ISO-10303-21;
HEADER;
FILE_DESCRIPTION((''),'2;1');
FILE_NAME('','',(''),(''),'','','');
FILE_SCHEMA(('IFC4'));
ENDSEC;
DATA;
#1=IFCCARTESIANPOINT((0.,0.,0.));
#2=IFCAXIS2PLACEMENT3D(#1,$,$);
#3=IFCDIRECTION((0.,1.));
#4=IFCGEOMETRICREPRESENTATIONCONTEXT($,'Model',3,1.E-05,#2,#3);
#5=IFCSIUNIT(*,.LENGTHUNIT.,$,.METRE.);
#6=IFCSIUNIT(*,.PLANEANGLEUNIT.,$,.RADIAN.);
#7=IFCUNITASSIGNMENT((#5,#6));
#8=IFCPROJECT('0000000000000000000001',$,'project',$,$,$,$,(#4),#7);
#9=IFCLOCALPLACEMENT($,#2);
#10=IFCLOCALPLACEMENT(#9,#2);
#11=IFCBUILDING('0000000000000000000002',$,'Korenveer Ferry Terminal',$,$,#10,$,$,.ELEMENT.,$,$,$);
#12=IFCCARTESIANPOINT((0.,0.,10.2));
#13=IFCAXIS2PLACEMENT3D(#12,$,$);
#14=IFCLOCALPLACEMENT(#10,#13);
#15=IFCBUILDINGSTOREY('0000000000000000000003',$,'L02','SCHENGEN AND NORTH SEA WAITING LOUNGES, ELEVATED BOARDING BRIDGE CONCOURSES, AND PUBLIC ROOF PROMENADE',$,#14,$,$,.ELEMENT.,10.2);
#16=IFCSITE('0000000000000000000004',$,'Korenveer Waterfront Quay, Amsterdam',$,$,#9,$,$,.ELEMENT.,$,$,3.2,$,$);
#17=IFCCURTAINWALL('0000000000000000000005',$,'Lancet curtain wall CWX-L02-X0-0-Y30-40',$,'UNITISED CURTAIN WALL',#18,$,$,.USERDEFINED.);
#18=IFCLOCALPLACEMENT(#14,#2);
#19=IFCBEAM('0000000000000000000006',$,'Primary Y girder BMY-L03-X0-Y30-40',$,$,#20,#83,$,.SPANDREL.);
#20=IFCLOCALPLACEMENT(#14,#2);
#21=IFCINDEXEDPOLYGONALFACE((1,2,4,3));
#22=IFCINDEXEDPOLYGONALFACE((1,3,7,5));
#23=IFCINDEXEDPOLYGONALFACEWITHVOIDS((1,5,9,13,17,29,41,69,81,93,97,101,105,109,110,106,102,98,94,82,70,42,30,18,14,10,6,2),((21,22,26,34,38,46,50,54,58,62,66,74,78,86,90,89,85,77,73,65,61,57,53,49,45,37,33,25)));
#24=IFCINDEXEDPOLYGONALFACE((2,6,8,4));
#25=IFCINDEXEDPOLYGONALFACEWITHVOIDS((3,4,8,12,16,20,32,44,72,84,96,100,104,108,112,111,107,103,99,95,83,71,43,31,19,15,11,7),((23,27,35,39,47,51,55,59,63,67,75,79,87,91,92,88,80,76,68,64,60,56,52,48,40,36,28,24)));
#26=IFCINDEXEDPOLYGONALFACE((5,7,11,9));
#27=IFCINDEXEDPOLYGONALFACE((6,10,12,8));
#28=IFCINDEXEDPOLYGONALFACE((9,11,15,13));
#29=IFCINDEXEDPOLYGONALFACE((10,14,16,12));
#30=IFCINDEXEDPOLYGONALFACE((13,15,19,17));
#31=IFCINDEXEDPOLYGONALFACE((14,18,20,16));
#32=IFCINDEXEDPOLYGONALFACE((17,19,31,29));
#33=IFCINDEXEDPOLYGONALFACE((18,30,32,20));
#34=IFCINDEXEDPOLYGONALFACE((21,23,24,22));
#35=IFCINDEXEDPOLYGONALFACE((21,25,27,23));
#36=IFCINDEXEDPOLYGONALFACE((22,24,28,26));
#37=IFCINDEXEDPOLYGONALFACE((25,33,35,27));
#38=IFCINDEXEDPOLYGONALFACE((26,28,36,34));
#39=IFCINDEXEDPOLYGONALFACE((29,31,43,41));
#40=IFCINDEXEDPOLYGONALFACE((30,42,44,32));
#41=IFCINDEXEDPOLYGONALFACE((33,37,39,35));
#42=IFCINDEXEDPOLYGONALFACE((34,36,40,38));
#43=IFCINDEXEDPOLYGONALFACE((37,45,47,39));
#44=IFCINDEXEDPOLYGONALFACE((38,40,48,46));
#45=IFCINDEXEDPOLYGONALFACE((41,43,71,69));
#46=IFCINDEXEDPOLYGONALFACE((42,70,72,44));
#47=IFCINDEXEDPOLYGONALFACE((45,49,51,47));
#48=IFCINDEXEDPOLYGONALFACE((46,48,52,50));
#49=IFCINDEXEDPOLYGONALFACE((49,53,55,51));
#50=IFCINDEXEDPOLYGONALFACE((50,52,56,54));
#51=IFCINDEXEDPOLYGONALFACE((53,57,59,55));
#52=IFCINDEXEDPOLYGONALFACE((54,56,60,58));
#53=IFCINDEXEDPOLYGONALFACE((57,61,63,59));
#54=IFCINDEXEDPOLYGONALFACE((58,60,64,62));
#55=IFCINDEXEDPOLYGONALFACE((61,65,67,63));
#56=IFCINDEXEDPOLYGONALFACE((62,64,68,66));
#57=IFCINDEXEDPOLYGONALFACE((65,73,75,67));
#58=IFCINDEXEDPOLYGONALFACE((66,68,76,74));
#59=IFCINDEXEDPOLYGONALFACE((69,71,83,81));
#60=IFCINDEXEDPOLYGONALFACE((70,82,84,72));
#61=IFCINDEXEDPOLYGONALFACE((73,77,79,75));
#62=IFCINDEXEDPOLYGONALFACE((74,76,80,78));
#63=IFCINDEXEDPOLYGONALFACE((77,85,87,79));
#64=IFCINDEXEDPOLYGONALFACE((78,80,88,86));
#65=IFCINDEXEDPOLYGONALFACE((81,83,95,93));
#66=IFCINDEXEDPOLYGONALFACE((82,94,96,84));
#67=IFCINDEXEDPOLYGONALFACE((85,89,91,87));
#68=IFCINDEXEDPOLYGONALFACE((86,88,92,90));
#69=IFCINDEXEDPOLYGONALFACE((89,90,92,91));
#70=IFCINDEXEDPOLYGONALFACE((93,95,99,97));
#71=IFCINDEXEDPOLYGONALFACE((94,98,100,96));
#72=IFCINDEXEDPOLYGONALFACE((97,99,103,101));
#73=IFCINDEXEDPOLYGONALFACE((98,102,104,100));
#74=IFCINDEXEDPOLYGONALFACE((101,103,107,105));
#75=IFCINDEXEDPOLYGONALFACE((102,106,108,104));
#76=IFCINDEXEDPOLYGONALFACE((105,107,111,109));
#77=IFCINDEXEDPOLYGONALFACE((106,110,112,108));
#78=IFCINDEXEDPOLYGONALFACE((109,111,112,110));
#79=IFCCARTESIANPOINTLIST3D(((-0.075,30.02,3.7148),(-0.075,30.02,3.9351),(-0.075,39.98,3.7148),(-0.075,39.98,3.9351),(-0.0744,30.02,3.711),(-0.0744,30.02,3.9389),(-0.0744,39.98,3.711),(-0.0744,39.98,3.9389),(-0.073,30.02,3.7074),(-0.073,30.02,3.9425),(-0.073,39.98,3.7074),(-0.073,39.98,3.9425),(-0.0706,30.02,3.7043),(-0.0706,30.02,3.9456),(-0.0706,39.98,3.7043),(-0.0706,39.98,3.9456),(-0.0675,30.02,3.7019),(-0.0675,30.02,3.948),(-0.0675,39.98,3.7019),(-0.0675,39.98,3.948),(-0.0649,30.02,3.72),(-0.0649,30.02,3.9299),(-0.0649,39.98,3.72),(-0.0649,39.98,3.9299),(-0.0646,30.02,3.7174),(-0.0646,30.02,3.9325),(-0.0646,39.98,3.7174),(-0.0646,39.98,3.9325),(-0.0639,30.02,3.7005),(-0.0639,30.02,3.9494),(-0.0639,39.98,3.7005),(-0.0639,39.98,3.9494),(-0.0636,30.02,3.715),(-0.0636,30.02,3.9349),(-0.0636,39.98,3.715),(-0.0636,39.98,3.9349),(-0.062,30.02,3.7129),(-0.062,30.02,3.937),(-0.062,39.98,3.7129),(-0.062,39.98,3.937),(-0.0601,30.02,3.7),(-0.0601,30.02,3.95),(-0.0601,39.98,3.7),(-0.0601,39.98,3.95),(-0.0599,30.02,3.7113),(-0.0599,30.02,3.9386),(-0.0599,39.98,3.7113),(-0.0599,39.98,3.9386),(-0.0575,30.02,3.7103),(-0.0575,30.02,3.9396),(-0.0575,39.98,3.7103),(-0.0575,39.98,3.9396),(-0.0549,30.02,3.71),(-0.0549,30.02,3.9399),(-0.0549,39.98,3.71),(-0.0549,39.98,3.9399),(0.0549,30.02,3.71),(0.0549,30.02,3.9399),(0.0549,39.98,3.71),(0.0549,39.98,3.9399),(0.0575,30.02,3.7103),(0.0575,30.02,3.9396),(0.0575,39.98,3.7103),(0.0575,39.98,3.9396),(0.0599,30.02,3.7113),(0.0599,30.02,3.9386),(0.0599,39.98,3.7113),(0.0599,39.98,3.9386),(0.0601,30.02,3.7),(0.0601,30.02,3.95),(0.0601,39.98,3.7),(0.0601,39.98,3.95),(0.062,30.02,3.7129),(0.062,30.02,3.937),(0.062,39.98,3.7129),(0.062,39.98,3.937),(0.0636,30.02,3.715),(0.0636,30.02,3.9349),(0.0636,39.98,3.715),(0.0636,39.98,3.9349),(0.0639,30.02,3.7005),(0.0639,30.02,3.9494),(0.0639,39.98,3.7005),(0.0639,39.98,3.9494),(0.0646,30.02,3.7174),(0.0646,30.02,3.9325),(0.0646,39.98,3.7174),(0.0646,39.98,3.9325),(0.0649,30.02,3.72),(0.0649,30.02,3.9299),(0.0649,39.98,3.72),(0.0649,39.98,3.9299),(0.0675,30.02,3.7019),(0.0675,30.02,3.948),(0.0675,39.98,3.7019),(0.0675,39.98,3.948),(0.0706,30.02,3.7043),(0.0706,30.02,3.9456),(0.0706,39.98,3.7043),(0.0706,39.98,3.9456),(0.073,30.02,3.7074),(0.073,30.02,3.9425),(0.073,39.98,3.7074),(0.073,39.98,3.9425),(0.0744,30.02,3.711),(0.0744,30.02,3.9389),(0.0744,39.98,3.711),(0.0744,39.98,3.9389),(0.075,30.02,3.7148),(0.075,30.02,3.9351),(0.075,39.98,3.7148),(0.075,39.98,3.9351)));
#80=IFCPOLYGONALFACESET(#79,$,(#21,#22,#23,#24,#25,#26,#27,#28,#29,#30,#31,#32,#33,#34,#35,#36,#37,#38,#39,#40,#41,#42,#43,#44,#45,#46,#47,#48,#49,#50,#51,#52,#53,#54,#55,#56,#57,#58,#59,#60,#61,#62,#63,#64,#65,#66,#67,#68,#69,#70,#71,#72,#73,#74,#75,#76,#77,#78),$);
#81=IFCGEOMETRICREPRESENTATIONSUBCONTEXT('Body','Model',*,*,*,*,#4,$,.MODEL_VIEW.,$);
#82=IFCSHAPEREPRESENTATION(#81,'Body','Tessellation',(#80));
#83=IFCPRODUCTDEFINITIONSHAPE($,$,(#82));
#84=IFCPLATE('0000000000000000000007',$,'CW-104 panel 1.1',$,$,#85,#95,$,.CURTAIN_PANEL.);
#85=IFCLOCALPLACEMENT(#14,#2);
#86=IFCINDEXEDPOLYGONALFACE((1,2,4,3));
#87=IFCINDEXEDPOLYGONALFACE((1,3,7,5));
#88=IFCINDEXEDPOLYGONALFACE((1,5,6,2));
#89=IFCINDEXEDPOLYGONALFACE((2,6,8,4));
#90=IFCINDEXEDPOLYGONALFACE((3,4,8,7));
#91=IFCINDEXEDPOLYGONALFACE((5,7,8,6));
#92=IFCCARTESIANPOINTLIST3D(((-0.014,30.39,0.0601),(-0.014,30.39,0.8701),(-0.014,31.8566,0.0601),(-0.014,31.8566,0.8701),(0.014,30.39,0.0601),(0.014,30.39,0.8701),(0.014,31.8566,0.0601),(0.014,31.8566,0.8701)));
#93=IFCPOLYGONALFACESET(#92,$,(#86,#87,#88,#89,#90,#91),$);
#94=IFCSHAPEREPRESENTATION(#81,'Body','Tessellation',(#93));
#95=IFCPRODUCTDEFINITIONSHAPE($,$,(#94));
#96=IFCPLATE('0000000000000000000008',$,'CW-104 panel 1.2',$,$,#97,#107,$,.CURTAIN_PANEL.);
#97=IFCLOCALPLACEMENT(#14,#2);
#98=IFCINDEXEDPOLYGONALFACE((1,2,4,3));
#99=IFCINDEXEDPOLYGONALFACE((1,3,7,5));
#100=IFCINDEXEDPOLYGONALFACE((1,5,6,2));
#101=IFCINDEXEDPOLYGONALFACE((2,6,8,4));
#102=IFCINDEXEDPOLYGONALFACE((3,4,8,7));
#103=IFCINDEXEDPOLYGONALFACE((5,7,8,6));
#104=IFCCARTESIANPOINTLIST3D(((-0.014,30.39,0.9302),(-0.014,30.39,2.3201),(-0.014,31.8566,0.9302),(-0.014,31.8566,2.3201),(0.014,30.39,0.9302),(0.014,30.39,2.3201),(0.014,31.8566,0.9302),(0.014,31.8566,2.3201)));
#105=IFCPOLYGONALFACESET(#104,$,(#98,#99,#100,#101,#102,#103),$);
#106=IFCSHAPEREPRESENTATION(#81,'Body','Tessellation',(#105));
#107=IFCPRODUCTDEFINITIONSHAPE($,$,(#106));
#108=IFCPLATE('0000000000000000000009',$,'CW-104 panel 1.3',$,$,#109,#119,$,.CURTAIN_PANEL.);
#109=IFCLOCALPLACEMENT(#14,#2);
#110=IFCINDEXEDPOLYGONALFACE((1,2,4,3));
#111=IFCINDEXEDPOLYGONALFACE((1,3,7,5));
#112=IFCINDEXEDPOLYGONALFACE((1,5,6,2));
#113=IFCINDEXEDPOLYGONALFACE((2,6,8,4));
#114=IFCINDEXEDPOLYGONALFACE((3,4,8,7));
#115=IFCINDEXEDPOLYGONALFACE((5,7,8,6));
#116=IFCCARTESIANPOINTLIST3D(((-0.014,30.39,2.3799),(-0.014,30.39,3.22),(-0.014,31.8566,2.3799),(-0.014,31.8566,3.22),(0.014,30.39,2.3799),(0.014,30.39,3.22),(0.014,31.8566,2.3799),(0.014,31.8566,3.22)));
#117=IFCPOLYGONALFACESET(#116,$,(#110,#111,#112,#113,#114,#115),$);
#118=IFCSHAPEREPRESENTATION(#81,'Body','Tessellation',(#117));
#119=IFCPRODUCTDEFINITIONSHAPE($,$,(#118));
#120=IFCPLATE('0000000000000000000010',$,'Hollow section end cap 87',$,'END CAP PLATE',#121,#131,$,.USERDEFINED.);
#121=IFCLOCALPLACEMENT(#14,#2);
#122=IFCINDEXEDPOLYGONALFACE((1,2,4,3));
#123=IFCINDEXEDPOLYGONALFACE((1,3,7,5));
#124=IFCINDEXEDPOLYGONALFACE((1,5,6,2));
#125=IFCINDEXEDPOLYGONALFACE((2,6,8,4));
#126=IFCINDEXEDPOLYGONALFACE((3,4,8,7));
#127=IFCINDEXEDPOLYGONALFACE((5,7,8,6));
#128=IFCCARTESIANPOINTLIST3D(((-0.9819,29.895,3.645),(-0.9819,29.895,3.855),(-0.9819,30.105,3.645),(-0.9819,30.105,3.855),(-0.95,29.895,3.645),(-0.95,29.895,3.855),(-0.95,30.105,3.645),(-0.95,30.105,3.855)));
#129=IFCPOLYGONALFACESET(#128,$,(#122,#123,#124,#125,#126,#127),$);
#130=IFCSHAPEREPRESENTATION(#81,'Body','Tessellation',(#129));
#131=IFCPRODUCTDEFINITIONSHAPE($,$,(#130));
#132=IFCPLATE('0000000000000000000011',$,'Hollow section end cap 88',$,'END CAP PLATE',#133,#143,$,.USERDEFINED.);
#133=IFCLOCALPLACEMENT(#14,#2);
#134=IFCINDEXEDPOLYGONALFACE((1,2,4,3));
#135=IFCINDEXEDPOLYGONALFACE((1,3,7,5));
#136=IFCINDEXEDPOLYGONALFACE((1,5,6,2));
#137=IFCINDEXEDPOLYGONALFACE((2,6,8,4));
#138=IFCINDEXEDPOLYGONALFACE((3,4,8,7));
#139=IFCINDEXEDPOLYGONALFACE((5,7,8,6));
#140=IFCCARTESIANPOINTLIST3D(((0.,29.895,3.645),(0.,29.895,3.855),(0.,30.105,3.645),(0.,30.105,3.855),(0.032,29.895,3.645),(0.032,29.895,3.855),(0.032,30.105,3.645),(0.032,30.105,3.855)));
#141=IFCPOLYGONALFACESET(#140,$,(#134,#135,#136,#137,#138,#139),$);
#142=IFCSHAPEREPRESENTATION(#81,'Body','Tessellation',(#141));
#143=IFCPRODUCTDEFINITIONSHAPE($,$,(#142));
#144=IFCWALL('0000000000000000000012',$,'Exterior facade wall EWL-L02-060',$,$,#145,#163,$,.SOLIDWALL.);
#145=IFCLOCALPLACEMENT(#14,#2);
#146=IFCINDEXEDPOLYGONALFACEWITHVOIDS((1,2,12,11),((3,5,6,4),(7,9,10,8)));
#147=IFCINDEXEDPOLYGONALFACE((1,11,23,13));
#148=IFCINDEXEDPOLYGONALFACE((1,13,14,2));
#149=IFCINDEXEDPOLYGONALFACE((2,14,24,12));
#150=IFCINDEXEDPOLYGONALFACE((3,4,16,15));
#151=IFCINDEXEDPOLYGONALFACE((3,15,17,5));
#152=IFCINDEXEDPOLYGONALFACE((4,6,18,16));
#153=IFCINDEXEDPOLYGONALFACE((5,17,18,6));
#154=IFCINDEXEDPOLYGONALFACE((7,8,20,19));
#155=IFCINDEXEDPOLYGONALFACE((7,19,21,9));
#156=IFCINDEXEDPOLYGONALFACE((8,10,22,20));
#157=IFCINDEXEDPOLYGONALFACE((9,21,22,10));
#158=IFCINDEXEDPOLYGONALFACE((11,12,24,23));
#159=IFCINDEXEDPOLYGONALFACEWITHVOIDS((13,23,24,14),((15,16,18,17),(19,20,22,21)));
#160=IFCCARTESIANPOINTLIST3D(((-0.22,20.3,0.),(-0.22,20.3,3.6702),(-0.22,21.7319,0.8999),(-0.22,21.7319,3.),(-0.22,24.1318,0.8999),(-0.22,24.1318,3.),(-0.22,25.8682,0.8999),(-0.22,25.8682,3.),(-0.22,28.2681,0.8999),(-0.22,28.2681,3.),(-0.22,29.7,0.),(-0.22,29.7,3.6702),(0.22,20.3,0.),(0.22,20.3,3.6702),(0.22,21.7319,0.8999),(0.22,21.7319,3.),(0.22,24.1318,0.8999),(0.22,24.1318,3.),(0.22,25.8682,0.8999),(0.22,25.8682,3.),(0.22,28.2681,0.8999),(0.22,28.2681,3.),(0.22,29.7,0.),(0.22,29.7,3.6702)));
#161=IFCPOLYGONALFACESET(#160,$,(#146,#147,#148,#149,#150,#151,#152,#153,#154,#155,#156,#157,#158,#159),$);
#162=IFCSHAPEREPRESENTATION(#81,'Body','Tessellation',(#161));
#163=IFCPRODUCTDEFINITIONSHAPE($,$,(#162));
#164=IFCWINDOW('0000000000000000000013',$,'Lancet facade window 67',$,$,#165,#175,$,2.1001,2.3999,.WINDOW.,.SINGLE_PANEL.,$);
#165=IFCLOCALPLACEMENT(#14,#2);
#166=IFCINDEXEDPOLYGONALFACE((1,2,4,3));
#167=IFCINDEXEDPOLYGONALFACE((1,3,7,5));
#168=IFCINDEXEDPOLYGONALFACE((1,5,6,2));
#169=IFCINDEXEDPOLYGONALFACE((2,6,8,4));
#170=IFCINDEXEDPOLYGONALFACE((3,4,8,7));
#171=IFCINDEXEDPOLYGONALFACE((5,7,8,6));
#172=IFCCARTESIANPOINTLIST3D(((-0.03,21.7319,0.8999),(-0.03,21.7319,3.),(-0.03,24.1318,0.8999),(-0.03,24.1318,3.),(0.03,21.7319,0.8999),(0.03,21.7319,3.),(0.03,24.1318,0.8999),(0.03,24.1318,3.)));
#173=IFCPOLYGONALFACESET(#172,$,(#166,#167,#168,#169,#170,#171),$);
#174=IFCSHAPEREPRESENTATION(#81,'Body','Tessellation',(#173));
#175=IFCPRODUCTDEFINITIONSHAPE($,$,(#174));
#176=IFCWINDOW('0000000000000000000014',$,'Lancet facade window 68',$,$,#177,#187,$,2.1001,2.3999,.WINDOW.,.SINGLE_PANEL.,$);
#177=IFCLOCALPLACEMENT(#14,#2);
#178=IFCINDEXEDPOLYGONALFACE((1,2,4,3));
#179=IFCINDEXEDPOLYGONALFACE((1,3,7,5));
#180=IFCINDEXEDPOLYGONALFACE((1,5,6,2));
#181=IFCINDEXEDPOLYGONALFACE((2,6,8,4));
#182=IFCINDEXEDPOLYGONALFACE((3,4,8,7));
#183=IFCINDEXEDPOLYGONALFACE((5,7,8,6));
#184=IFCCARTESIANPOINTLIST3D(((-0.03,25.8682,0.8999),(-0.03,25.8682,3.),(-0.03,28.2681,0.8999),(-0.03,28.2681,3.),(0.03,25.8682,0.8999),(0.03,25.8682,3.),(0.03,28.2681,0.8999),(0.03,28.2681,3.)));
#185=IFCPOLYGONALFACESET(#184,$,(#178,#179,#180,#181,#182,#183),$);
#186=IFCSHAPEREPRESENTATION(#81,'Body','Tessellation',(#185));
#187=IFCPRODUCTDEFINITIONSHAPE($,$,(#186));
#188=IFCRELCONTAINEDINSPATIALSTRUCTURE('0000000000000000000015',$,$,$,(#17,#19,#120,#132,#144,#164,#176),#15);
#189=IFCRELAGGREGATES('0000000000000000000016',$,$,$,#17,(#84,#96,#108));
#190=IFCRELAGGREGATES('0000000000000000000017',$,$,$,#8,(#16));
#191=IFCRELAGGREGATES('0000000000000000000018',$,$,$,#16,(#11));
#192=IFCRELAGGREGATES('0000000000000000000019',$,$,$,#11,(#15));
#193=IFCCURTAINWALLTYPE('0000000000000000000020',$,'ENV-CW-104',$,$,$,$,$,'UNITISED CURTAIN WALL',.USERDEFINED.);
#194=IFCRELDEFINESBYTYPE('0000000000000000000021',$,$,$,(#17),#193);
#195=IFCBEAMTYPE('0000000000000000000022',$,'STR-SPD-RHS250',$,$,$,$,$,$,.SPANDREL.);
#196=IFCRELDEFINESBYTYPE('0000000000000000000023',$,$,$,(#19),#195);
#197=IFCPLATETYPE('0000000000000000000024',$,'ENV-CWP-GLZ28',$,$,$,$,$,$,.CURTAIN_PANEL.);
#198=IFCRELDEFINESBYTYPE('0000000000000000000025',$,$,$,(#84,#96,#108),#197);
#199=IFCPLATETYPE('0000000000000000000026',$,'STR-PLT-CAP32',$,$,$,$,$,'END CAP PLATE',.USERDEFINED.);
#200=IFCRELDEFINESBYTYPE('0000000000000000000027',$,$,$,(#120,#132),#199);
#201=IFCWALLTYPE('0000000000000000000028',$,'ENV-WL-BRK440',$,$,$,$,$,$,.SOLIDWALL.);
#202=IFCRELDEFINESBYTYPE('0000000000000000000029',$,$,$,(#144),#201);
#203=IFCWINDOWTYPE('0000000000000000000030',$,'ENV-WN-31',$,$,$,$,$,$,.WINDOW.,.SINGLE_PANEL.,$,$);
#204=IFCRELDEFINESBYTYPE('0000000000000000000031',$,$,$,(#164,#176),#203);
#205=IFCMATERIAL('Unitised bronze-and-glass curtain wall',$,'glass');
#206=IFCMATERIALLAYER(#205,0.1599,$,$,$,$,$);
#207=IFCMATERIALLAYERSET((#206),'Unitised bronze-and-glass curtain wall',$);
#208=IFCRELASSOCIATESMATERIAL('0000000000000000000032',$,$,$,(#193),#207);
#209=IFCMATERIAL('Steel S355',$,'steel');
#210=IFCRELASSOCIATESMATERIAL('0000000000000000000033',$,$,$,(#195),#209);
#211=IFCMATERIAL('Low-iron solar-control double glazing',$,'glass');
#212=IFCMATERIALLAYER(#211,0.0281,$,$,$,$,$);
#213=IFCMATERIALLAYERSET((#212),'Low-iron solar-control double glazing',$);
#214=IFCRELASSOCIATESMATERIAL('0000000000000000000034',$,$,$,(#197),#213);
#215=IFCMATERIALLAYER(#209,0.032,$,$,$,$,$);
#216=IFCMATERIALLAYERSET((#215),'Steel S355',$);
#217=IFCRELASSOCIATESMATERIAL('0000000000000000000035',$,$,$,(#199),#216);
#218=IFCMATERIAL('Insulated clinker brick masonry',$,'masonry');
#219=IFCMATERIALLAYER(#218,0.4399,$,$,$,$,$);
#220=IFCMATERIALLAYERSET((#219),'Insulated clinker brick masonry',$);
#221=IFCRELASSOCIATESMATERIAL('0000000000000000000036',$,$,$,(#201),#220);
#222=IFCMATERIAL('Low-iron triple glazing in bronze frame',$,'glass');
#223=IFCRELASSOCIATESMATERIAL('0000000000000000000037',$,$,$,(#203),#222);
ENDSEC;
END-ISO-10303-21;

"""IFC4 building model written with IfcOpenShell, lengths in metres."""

from ifc_helpers import new_model, si_unit, direction, frame, frame_2d, origin, origin_2d, place, context, subcontext, project, spatial, rectangle, hollow_rectangle, extrude, material, layer, layer_set, material_profile, profile_set, type_object, element, fill, aggregate, save


model = new_model("IFC4")

# Units and contexts
model_context = context("Model", 3, precision=1e-05, world=origin(), true_north=direction((0.0, 1.0)))
body_context = subcontext(model_context, "Body", "Model", "MODEL_VIEW")
ifc_project = project(units=[si_unit("LENGTHUNIT", "METRE"), si_unit("PLANEANGLEUNIT", "RADIAN")], contexts=[model_context])

# Site, building, storey
site_placement = place(None, origin())
site = spatial("IfcSite", under=ifc_project, at=site_placement, Name="Korenveer Waterfront Quay, Amsterdam", CompositionType="ELEMENT", RefElevation=3.2)
building_placement = place(site_placement, origin())
building = spatial("IfcBuilding", under=site, at=building_placement, Name="Korenveer Ferry Terminal", CompositionType="ELEMENT")
storey_placement = place(building_placement, frame((0.0, 0.0, 10.2)))
storey = spatial("IfcBuildingStorey", under=building, at=storey_placement, Name="L02", Description="SCHENGEN AND NORTH SEA WAITING LOUNGES, ELEVATED BOARDING BRIDGE CONCOURSES, AND PUBLIC ROOF PROMENADE", CompositionType="ELEMENT", Elevation=10.2)

# Shared definitions
ifc_material_1 = material(Name="Steel S355", Category="steel")

# Curtain wall
ifc_material_2 = material(Name="Unitised bronze-and-glass curtain wall", Category="glass")
ifc_layer_1 = layer(ifc_material_2, 0.1599)
ifc_layer_set_1 = layer_set([ifc_layer_1], Name="Unitised bronze-and-glass curtain wall")
curtain_wall_type = type_object("IfcCurtainWallType", Name="ENV-CW-104", ElementType="UNITISED CURTAIN WALL", PredefinedType="USERDEFINED", material=ifc_layer_set_1)
curtain_wall_placement = place(storey_placement, frame((0.0, 30.3301, 0.0)))
curtain_wall = element("IfcCurtainWall", 1, at=curtain_wall_placement, inside=storey, type_object=curtain_wall_type, Name="Lancet curtain wall CWX-L02-X0-0-Y30-40", ObjectType="UNITISED CURTAIN WALL", PredefinedType="USERDEFINED")

# Beam
ifc_material_profile_1 = material_profile(ifc_material_1, hollow_rectangle(XDim=0.1499, YDim=0.25, WallThickness=0.01, InnerFilletRadius=0.01, OuterFilletRadius=0.0149, at=origin_2d()), Name="RHS 250x150x10")
ifc_profile_set_1 = profile_set([ifc_material_profile_1], Name="Steel S355")
beam_type_1 = type_object("IfcBeamType", Name="STR-SPD-RHS250", PredefinedType="SPANDREL", material=ifc_profile_set_1)
for number, where, z_axis, x_axis, name in (
    (2, (0.0, 30.02, 3.825), (0.0, 1.0, 0.0), (-1.0, 0.0, 0.0), "Primary Y girder BMY-L03-X0-Y30-40"),
):
    element("IfcBeam", number, at=place(storey_placement, frame(where, z_axis=z_axis, x_axis=x_axis)), inside=storey, type_object=beam_type_1, Name=name, PredefinedType="SPANDREL", context=body_context, shape_type="SweptSolid", body=[
        extrude(hollow_rectangle(XDim=0.1499, YDim=0.25, WallThickness=0.01, InnerFilletRadius=0.01, OuterFilletRadius=0.0149, at=origin_2d()), origin(), (0.0, 0.0, 1.0), 9.96),
    ])

# Plates
ifc_material_3 = material(Name="Low-iron solar-control double glazing", Category="glass")
ifc_layer_2 = layer(ifc_material_3, 0.0281)
ifc_layer_set_2 = layer_set([ifc_layer_2], Name="Low-iron solar-control double glazing")
plate_type_1 = type_object("IfcPlateType", Name="ENV-CWP-GLZ28", PredefinedType="CURTAIN_PANEL", material=ifc_layer_set_2)
plate_1_placement = place(storey_placement, frame((0.0, 31.1233, 0.0601), z_axis=(0.0, 0.0, 1.0), x_axis=(0.0, 1.0, 0.0)))
plate_1 = element("IfcPlate", 3, at=plate_1_placement, type_object=plate_type_1, Name="CW-104 panel 1.1", PredefinedType="CURTAIN_PANEL", context=body_context, shape_type="SweptSolid", body=[
    extrude(rectangle(XDim=1.4666, YDim=0.0281, at=origin_2d()), origin(), (0.0, 0.0, 1.0), 0.8101),
])
plate_2_placement = place(storey_placement, frame((0.0, 31.1233, 0.9302), z_axis=(0.0, 0.0, 1.0), x_axis=(0.0, 1.0, 0.0)))
plate_2 = element("IfcPlate", 4, at=plate_2_placement, type_object=plate_type_1, Name="CW-104 panel 1.2", PredefinedType="CURTAIN_PANEL", context=body_context, shape_type="SweptSolid", body=[
    extrude(rectangle(XDim=1.4666, YDim=0.0281, at=origin_2d()), origin(), (0.0, 0.0, 1.0), 1.3899),
])
plate_3_placement = place(storey_placement, frame((0.0, 31.1233, 2.3799), z_axis=(0.0, 0.0, 1.0), x_axis=(0.0, 1.0, 0.0)))
plate_3 = element("IfcPlate", 5, at=plate_3_placement, type_object=plate_type_1, Name="CW-104 panel 1.3", PredefinedType="CURTAIN_PANEL", context=body_context, shape_type="SweptSolid", body=[
    extrude(rectangle(XDim=1.4666, YDim=0.0281, at=origin_2d()), origin(), (0.0, 0.0, 1.0), 0.8401),
])
aggregate(curtain_wall, [plate_1, plate_2, plate_3])

# Plates
ifc_layer_3 = layer(ifc_material_1, 0.032)
ifc_layer_set_3 = layer_set([ifc_layer_3], Name="Steel S355")
plate_type_2 = type_object("IfcPlateType", Name="STR-PLT-CAP32", ElementType="END CAP PLATE", PredefinedType="USERDEFINED", material=ifc_layer_set_3)
for number, where, z_axis, x_axis, name in (
    (6, (-0.9819, 30.0, 3.75), (1.0, 0.0, 0.0), (0.0, 1.0, 0.0), "Hollow section end cap 87"),
    (7, (0.0, 30.0, 3.75), (1.0, 0.0, 0.0), (0.0, 1.0, 0.0), "Hollow section end cap 88"),
):
    element("IfcPlate", number, at=place(storey_placement, frame(where, z_axis=z_axis, x_axis=x_axis)), inside=storey, type_object=plate_type_2, Name=name, ObjectType="END CAP PLATE", PredefinedType="USERDEFINED", context=body_context, shape_type="SweptSolid", body=[
        extrude(rectangle(XDim=0.21, YDim=0.21, at=origin_2d()), origin(), (0.0, 0.0, 1.0), 0.032),
    ])

# Wall, openings, windows
ifc_material_4 = material(Name="Insulated clinker brick masonry", Category="masonry")
ifc_layer_4 = layer(ifc_material_4, 0.4399)
ifc_layer_set_4 = layer_set([ifc_layer_4], Name="Insulated clinker brick masonry")
wall_type = type_object("IfcWallType", Name="ENV-WL-BRK440", PredefinedType="SOLIDWALL", material=ifc_layer_set_4)
wall_placement = place(storey_placement, frame((0.0, 20.3, 0.0), z_axis=(0.0, 0.0, 1.0), x_axis=(0.0, 1.0, 0.0)))
wall = element("IfcWall", 8, at=wall_placement, inside=storey, type_object=wall_type, Name="Exterior facade wall EWL-L02-060", PredefinedType="SOLIDWALL", context=body_context, shape_type="SweptSolid", body=[
    extrude(rectangle(XDim=9.3999, YDim=0.4399, at=frame_2d((4.7, 0.0))), origin(), (0.0, 0.0, 1.0), 3.6702),
])
opening_1_placement = place(wall_placement, frame((1.4319, 0.0, 0.8999)))
opening_1 = element("IfcOpeningElement", 9, at=opening_1_placement, cuts=wall, PredefinedType="OPENING", context=body_context, shape_type="SweptSolid", body=[
    extrude(rectangle(XDim=2.3999, YDim=2.1001, at=frame_2d((1.2, 1.05))), frame((0.0, 0.23, 0.0), z_axis=(0.0, -1.0, 0.0), x_axis=(1.0, 0.0, 0.0)), (0.0, 0.0, 1.0), 0.46),
])
opening_2_placement = place(wall_placement, frame((5.5681, 0.0, 0.8999)))
opening_2 = element("IfcOpeningElement", 10, at=opening_2_placement, cuts=wall, PredefinedType="OPENING", context=body_context, shape_type="SweptSolid", body=[
    extrude(rectangle(XDim=2.3999, YDim=2.1001, at=frame_2d((1.2, 1.05))), frame((0.0, 0.23, 0.0), z_axis=(0.0, -1.0, 0.0), x_axis=(1.0, 0.0, 0.0)), (0.0, 0.0, 1.0), 0.46),
])
ifc_material_5 = material(Name="Low-iron triple glazing in bronze frame", Category="glass")
window_type = type_object("IfcWindowType", Name="ENV-WN-31", PartitioningType="SINGLE_PANEL", PredefinedType="WINDOW", material=ifc_material_5)
window_1_placement = place(opening_1_placement, origin())
window_1 = element("IfcWindow", 11, at=window_1_placement, inside=storey, type_object=window_type, Name="Lancet facade window 67", OverallHeight=2.1001, OverallWidth=2.3999, PartitioningType="SINGLE_PANEL", PredefinedType="WINDOW", context=body_context, shape_type="SweptSolid", body=[
    extrude(rectangle(XDim=2.3999, YDim=2.1001, at=frame_2d((1.2, 1.05))), frame((0.0, 0.03, 0.0), z_axis=(0.0, -1.0, 0.0), x_axis=(1.0, 0.0, 0.0)), (0.0, 0.0, 1.0), 0.0601),
])
fill(opening_1, window_1)
window_2_placement = place(opening_2_placement, origin())
window_2 = element("IfcWindow", 12, at=window_2_placement, inside=storey, type_object=window_type, Name="Lancet facade window 68", OverallHeight=2.1001, OverallWidth=2.3999, PartitioningType="SINGLE_PANEL", PredefinedType="WINDOW", context=body_context, shape_type="SweptSolid", body=[
    extrude(rectangle(XDim=2.3999, YDim=2.1001, at=frame_2d((1.2, 1.05))), frame((0.0, 0.03, 0.0), z_axis=(0.0, -1.0, 0.0), x_axis=(1.0, 0.0, 0.0)), (0.0, 0.0, 1.0), 0.0601),
])
fill(opening_2, window_2)

save(model, "model.ifc")
